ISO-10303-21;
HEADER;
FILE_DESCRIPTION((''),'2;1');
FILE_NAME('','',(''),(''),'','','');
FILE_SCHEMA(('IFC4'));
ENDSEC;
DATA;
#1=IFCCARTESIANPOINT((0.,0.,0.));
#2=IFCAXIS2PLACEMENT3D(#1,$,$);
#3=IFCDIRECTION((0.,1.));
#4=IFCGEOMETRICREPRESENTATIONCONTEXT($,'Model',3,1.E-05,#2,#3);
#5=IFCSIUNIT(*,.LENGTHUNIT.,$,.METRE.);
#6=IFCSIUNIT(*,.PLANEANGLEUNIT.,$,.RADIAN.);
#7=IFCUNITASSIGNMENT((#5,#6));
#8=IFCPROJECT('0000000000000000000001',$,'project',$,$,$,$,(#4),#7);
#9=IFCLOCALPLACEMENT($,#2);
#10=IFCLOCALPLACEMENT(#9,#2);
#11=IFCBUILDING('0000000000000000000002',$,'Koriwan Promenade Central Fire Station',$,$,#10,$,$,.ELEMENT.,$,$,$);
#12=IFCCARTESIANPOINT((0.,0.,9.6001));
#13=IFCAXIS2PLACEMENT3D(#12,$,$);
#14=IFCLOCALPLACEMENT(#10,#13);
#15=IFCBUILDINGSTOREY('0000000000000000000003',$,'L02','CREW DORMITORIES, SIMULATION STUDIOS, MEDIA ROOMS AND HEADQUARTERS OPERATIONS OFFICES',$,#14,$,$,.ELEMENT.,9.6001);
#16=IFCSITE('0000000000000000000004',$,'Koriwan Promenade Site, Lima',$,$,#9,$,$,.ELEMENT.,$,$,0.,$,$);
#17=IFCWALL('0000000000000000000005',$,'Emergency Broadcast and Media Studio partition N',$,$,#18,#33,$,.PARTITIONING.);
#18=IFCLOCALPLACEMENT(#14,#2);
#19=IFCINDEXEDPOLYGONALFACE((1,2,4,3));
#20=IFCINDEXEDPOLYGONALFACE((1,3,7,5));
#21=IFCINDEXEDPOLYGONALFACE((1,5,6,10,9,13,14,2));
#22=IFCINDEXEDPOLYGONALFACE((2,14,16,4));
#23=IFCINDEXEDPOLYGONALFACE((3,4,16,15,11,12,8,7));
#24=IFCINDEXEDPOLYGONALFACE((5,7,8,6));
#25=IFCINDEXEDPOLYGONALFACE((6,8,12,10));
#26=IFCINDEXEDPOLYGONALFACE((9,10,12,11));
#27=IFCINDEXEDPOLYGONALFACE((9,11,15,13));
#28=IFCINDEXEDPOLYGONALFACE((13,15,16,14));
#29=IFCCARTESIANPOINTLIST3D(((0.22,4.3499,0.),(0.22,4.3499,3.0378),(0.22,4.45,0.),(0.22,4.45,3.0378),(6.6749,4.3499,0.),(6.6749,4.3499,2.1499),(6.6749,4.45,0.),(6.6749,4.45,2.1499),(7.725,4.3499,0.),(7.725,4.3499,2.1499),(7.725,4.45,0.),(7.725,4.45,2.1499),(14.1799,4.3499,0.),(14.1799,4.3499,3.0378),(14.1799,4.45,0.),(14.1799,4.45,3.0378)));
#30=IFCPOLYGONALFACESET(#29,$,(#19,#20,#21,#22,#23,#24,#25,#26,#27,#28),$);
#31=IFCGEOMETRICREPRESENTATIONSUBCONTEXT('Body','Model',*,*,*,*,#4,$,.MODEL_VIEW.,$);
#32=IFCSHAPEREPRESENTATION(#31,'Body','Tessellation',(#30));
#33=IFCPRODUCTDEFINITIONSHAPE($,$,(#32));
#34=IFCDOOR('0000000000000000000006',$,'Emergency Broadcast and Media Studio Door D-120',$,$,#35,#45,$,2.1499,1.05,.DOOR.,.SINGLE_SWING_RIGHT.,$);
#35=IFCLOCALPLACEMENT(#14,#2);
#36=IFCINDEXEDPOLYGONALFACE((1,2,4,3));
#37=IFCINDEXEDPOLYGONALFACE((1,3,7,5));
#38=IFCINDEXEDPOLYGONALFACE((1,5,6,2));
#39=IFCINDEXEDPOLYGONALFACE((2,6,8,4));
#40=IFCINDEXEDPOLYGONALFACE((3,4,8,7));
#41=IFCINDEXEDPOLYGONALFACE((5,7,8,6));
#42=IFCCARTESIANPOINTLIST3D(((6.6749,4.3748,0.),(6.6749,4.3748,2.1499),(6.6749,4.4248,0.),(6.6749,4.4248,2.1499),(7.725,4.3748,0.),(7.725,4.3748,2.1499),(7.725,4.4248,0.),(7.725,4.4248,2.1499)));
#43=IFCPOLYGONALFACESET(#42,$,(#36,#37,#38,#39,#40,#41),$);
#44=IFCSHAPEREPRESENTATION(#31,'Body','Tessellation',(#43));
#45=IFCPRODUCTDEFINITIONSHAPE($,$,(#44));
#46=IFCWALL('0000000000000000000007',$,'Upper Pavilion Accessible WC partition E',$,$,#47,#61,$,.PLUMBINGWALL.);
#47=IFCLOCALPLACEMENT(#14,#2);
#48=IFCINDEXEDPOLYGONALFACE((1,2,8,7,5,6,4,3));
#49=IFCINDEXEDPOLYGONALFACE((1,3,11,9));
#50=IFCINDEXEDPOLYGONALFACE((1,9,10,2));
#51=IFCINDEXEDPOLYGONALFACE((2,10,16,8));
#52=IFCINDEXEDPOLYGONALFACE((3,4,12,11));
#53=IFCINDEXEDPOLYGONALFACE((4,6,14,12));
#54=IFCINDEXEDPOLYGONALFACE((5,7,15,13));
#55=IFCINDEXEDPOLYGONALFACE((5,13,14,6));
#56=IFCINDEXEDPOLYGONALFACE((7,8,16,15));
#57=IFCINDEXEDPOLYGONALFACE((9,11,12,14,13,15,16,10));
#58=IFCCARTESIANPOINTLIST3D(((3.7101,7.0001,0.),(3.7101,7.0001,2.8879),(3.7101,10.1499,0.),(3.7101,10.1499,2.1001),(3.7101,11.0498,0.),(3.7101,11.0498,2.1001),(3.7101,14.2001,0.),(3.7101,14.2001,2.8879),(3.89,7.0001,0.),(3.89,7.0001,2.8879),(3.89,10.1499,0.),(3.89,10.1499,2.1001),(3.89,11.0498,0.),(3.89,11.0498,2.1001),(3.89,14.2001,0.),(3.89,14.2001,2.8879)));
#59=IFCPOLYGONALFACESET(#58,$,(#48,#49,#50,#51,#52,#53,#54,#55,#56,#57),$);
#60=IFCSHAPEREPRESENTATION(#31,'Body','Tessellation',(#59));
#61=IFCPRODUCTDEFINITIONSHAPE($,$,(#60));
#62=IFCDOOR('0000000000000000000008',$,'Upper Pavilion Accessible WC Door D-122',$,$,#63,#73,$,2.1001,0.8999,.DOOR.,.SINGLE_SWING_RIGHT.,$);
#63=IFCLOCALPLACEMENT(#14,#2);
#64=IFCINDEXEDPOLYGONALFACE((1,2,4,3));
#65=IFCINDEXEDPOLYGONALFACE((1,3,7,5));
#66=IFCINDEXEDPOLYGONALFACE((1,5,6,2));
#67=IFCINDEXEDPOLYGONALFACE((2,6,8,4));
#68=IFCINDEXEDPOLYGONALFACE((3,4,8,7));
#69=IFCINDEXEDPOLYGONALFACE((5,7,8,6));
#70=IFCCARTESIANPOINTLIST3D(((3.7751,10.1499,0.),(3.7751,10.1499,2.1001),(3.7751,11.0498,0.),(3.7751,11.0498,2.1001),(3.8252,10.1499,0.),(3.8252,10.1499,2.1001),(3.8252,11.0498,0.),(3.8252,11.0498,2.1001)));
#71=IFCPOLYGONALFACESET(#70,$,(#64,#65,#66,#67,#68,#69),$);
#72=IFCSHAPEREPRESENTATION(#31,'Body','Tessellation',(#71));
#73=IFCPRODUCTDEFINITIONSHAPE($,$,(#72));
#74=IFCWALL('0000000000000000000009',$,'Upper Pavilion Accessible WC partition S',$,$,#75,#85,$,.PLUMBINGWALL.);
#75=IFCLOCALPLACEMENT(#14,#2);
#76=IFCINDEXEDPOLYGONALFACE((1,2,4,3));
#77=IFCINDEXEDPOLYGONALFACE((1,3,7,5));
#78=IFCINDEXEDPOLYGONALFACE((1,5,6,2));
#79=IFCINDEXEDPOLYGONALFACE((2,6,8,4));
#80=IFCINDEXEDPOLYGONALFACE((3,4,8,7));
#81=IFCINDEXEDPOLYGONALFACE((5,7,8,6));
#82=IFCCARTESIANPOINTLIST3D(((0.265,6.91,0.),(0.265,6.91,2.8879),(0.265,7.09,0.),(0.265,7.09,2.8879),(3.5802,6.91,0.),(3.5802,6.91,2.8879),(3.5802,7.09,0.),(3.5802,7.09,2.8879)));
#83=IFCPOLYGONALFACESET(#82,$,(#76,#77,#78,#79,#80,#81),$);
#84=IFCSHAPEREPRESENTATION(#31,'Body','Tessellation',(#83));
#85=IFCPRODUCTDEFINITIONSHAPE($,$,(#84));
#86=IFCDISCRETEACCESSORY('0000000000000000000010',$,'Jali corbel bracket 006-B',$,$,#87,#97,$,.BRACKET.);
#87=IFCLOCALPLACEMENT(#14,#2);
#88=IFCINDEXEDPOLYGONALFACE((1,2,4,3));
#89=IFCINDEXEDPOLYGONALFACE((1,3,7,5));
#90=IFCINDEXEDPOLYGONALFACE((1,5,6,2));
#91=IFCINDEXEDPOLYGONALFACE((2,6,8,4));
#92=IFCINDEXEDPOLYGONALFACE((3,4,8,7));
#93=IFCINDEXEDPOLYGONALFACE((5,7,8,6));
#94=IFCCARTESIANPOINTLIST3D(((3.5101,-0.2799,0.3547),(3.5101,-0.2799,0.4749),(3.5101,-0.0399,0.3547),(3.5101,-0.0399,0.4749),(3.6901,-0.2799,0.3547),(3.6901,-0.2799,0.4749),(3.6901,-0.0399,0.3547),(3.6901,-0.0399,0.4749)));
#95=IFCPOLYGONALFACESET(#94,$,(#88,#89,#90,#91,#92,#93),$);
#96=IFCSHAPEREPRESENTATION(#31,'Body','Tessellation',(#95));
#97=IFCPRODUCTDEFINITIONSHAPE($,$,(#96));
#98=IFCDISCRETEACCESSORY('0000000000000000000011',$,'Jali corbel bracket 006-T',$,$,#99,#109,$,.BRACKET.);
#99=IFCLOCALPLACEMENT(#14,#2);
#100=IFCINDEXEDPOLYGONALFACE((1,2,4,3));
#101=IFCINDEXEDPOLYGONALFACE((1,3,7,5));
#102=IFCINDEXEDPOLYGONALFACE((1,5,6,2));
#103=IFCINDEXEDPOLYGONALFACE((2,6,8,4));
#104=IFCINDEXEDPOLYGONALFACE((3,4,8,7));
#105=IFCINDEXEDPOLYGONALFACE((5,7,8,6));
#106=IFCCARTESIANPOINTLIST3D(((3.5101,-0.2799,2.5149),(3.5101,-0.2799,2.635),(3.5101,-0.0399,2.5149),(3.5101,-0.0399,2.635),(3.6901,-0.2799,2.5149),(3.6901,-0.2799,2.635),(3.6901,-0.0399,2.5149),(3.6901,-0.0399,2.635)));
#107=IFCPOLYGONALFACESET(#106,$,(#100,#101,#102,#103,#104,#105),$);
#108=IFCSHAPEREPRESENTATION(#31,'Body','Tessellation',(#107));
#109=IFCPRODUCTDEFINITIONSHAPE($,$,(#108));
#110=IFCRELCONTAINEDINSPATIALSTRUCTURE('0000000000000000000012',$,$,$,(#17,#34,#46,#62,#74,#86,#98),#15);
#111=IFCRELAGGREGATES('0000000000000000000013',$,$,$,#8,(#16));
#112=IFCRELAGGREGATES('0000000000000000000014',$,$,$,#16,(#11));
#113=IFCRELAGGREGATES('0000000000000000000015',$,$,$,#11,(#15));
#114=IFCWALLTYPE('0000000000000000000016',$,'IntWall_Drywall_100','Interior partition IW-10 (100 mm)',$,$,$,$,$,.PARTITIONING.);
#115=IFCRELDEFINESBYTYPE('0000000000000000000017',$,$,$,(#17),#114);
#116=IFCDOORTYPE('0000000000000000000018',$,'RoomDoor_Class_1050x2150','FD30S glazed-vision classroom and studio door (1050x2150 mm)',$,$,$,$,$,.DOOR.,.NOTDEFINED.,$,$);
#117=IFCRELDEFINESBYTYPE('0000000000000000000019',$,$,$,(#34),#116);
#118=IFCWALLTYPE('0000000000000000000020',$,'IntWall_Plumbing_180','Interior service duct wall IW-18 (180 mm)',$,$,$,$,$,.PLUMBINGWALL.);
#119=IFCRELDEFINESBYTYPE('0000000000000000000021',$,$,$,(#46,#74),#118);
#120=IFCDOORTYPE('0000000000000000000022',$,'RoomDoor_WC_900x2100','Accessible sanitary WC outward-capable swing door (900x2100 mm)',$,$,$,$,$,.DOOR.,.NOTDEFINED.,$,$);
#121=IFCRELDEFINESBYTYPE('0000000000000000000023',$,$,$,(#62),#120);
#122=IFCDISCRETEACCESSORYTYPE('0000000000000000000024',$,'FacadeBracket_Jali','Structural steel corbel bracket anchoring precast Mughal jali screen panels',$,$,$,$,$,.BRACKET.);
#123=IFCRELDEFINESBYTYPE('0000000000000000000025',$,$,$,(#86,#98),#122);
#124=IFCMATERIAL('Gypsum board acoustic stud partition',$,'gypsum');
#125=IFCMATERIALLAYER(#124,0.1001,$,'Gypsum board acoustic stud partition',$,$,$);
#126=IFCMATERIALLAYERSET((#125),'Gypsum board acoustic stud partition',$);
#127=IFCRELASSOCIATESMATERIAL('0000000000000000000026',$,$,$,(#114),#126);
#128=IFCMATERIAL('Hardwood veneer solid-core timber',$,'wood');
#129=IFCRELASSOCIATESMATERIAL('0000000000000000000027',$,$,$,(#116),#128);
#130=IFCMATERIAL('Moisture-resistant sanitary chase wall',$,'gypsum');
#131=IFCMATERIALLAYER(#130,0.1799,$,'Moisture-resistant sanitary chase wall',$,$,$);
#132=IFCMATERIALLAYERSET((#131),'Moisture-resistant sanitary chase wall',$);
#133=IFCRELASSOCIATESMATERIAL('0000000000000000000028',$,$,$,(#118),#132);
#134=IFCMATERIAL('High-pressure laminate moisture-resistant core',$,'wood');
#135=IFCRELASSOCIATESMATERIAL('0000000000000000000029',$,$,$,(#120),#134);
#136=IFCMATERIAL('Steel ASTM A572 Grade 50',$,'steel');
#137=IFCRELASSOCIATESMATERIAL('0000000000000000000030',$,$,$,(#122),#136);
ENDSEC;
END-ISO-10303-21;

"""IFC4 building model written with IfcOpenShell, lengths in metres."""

from ifc_helpers import new_model, si_unit, direction, frame, frame_2d, origin, origin_2d, place, context, subcontext, project, spatial, rectangle, extrude, material, layer, layer_set, type_object, element, fill, save


model = new_model("IFC4")

# Units and contexts
model_context = context("Model", 3, precision=1e-05, world=origin(), true_north=direction((0.0, 1.0)))
body_context = subcontext(model_context, "Body", "Model", "MODEL_VIEW")
ifc_project = project(units=[si_unit("LENGTHUNIT", "METRE"), si_unit("PLANEANGLEUNIT", "RADIAN")], contexts=[model_context])

# Site, building, storey
site_placement = place(None, origin())
site = spatial("IfcSite", under=ifc_project, at=site_placement, Name="Koriwan Promenade Site, Lima", CompositionType="ELEMENT", RefElevation=0.0)
building_placement = place(site_placement, origin())
building = spatial("IfcBuilding", under=site, at=building_placement, Name="Koriwan Promenade Central Fire Station", CompositionType="ELEMENT")
storey_placement = place(building_placement, frame((0.0, 0.0, 9.6001)))
storey = spatial("IfcBuildingStorey", under=building, at=storey_placement, Name="L02", Description="CREW DORMITORIES, SIMULATION STUDIOS, MEDIA ROOMS AND HEADQUARTERS OPERATIONS OFFICES", CompositionType="ELEMENT", Elevation=9.6001)

# Walls, openings, doors
ifc_material_1 = material(Name="Gypsum board acoustic stud partition", Category="gypsum")
ifc_layer_1 = layer(ifc_material_1, 0.1001, Name="Gypsum board acoustic stud partition")
ifc_layer_set_1 = layer_set([ifc_layer_1], Name="Gypsum board acoustic stud partition")
wall_type_1 = type_object("IfcWallType", Name="IntWall_Drywall_100", Description="Interior partition IW-10 (100 mm)", PredefinedType="PARTITIONING", material=ifc_layer_set_1)
wall_1_placement = place(storey_placement, frame((0.22, 4.3999, 0.0), z_axis=(0.0, 0.0, 1.0), x_axis=(1.0, 0.0, 0.0)))
wall_1 = element("IfcWall", 1, at=wall_1_placement, inside=storey, type_object=wall_type_1, Name="Emergency Broadcast and Media Studio partition N", PredefinedType="PARTITIONING", context=body_context, shape_type="SweptSolid", body=[
    extrude(rectangle(XDim=13.96, YDim=0.1001, at=frame_2d((6.98, 0.0))), origin(), (0.0, 0.0, 1.0), 3.0378),
])
opening_1_placement = place(wall_1_placement, frame((6.4551, 0.0, 0.0)))
opening_1 = element("IfcOpeningElement", 2, at=opening_1_placement, cuts=wall_1, PredefinedType="OPENING", context=body_context, shape_type="SweptSolid", body=[
    extrude(rectangle(XDim=1.05, YDim=2.1499, at=frame_2d((0.5249, 1.075))), frame((0.0, 0.062, 0.0), z_axis=(0.0, -1.0, 0.0), x_axis=(1.0, 0.0, 0.0)), (0.0, 0.0, 1.0), 0.124),
])
ifc_material_2 = material(Name="Hardwood veneer solid-core timber", Category="wood")
door_type_1 = type_object("IfcDoorType", Name="RoomDoor_Class_1050x2150", Description="FD30S glazed-vision classroom and studio door (1050x2150 mm)", OperationType="NOTDEFINED", PredefinedType="DOOR", material=ifc_material_2)
door_1_placement = place(opening_1_placement, origin())
door_1 = element("IfcDoor", 3, at=door_1_placement, inside=storey, type_object=door_type_1, Name="Emergency Broadcast and Media Studio Door D-120", OperationType="SINGLE_SWING_RIGHT", OverallHeight=2.1499, OverallWidth=1.05, PredefinedType="DOOR", context=body_context, shape_type="SweptSolid", body=[
    extrude(rectangle(XDim=1.05, YDim=2.1499, at=frame_2d((0.5249, 1.075))), frame((0.0, 0.0249, 0.0), z_axis=(0.0, -1.0, 0.0), x_axis=(1.0, 0.0, 0.0)), (0.0, 0.0, 1.0), 0.05),
])
fill(opening_1, door_1)
ifc_material_3 = material(Name="Moisture-resistant sanitary chase wall", Category="gypsum")
ifc_layer_2 = layer(ifc_material_3, 0.1799, Name="Moisture-resistant sanitary chase wall")
ifc_layer_set_2 = layer_set([ifc_layer_2], Name="Moisture-resistant sanitary chase wall")
wall_type_2 = type_object("IfcWallType", Name="IntWall_Plumbing_180", Description="Interior service duct wall IW-18 (180 mm)", PredefinedType="PLUMBINGWALL", material=ifc_layer_set_2)
wall_2_placement = place(storey_placement, frame((3.8, 7.0, 0.0), z_axis=(0.0, 0.0, 1.0), x_axis=(0.0, 1.0, 0.0)))
wall_2 = element("IfcWall", 4, at=wall_2_placement, inside=storey, type_object=wall_type_2, Name="Upper Pavilion Accessible WC partition E", PredefinedType="PLUMBINGWALL", context=body_context, shape_type="SweptSolid", body=[
    extrude(rectangle(XDim=7.2, YDim=0.1799, at=frame_2d((3.6001, 0.0))), origin(), (0.0, 0.0, 1.0), 2.8879),
])
opening_2_placement = place(wall_2_placement, frame((3.1499, 0.0, 0.0)))
opening_2 = element("IfcOpeningElement", 5, at=opening_2_placement, cuts=wall_2, PredefinedType="OPENING", context=body_context, shape_type="SweptSolid", body=[
    extrude(rectangle(XDim=0.8999, YDim=2.1001, at=frame_2d((0.45, 1.05))), frame((0.0, 0.1021, 0.0), z_axis=(0.0, -1.0, 0.0), x_axis=(1.0, 0.0, 0.0)), (0.0, 0.0, 1.0), 0.2039),
])
ifc_material_4 = material(Name="High-pressure laminate moisture-resistant core", Category="wood")
door_type_2 = type_object("IfcDoorType", Name="RoomDoor_WC_900x2100", Description="Accessible sanitary WC outward-capable swing door (900x2100 mm)", OperationType="NOTDEFINED", PredefinedType="DOOR", material=ifc_material_4)
door_2_placement = place(opening_2_placement, origin())
door_2 = element("IfcDoor", 6, at=door_2_placement, inside=storey, type_object=door_type_2, Name="Upper Pavilion Accessible WC Door D-122", OperationType="SINGLE_SWING_RIGHT", OverallHeight=2.1001, OverallWidth=0.8999, PredefinedType="DOOR", context=body_context, shape_type="SweptSolid", body=[
    extrude(rectangle(XDim=0.8999, YDim=2.1001, at=frame_2d((0.45, 1.05))), frame((0.0, 0.0249, 0.0), z_axis=(0.0, -1.0, 0.0), x_axis=(1.0, 0.0, 0.0)), (0.0, 0.0, 1.0), 0.05),
])
fill(opening_2, door_2)

# Wall
wall_3_placement = place(storey_placement, frame((0.2649, 7.0, 0.0), z_axis=(0.0, 0.0, 1.0), x_axis=(1.0, 0.0, 0.0)))
element("IfcWall", 7, at=wall_3_placement, inside=storey, type_object=wall_type_2, Name="Upper Pavilion Accessible WC partition S", PredefinedType="PLUMBINGWALL", context=body_context, shape_type="SweptSolid", body=[
    extrude(rectangle(XDim=3.3152, YDim=0.1799, at=frame_2d((1.6577, 0.0))), origin(), (0.0, 0.0, 1.0), 2.8879),
])

# Discrete accessories
ifc_material_5 = material(Name="Steel ASTM A572 Grade 50", Category="steel")
discrete_accessory_type = type_object("IfcDiscreteAccessoryType", Name="FacadeBracket_Jali", Description="Structural steel corbel bracket anchoring precast Mughal jali screen panels", PredefinedType="BRACKET", material=ifc_material_5)
for number, where, z_axis, x_axis, name in (
    (8, (3.6001, -0.1599, 0.3547), (0.0, 0.0, 1.0), (0.0, -1.0, 0.0), "Jali corbel bracket 006-B"),
    (9, (3.6001, -0.1599, 2.5149), (0.0, 0.0, 1.0), (0.0, -1.0, 0.0), "Jali corbel bracket 006-T"),
):
    element("IfcDiscreteAccessory", number, at=place(storey_placement, frame(where, z_axis=z_axis, x_axis=x_axis)), inside=storey, type_object=discrete_accessory_type, Name=name, PredefinedType="BRACKET", context=body_context, shape_type="SweptSolid", body=[
        extrude(rectangle(XDim=0.24, YDim=0.1799, at=origin_2d()), origin(), (0.0, 0.0, 1.0), 0.1201),
    ])

save(model, "model.ifc")
